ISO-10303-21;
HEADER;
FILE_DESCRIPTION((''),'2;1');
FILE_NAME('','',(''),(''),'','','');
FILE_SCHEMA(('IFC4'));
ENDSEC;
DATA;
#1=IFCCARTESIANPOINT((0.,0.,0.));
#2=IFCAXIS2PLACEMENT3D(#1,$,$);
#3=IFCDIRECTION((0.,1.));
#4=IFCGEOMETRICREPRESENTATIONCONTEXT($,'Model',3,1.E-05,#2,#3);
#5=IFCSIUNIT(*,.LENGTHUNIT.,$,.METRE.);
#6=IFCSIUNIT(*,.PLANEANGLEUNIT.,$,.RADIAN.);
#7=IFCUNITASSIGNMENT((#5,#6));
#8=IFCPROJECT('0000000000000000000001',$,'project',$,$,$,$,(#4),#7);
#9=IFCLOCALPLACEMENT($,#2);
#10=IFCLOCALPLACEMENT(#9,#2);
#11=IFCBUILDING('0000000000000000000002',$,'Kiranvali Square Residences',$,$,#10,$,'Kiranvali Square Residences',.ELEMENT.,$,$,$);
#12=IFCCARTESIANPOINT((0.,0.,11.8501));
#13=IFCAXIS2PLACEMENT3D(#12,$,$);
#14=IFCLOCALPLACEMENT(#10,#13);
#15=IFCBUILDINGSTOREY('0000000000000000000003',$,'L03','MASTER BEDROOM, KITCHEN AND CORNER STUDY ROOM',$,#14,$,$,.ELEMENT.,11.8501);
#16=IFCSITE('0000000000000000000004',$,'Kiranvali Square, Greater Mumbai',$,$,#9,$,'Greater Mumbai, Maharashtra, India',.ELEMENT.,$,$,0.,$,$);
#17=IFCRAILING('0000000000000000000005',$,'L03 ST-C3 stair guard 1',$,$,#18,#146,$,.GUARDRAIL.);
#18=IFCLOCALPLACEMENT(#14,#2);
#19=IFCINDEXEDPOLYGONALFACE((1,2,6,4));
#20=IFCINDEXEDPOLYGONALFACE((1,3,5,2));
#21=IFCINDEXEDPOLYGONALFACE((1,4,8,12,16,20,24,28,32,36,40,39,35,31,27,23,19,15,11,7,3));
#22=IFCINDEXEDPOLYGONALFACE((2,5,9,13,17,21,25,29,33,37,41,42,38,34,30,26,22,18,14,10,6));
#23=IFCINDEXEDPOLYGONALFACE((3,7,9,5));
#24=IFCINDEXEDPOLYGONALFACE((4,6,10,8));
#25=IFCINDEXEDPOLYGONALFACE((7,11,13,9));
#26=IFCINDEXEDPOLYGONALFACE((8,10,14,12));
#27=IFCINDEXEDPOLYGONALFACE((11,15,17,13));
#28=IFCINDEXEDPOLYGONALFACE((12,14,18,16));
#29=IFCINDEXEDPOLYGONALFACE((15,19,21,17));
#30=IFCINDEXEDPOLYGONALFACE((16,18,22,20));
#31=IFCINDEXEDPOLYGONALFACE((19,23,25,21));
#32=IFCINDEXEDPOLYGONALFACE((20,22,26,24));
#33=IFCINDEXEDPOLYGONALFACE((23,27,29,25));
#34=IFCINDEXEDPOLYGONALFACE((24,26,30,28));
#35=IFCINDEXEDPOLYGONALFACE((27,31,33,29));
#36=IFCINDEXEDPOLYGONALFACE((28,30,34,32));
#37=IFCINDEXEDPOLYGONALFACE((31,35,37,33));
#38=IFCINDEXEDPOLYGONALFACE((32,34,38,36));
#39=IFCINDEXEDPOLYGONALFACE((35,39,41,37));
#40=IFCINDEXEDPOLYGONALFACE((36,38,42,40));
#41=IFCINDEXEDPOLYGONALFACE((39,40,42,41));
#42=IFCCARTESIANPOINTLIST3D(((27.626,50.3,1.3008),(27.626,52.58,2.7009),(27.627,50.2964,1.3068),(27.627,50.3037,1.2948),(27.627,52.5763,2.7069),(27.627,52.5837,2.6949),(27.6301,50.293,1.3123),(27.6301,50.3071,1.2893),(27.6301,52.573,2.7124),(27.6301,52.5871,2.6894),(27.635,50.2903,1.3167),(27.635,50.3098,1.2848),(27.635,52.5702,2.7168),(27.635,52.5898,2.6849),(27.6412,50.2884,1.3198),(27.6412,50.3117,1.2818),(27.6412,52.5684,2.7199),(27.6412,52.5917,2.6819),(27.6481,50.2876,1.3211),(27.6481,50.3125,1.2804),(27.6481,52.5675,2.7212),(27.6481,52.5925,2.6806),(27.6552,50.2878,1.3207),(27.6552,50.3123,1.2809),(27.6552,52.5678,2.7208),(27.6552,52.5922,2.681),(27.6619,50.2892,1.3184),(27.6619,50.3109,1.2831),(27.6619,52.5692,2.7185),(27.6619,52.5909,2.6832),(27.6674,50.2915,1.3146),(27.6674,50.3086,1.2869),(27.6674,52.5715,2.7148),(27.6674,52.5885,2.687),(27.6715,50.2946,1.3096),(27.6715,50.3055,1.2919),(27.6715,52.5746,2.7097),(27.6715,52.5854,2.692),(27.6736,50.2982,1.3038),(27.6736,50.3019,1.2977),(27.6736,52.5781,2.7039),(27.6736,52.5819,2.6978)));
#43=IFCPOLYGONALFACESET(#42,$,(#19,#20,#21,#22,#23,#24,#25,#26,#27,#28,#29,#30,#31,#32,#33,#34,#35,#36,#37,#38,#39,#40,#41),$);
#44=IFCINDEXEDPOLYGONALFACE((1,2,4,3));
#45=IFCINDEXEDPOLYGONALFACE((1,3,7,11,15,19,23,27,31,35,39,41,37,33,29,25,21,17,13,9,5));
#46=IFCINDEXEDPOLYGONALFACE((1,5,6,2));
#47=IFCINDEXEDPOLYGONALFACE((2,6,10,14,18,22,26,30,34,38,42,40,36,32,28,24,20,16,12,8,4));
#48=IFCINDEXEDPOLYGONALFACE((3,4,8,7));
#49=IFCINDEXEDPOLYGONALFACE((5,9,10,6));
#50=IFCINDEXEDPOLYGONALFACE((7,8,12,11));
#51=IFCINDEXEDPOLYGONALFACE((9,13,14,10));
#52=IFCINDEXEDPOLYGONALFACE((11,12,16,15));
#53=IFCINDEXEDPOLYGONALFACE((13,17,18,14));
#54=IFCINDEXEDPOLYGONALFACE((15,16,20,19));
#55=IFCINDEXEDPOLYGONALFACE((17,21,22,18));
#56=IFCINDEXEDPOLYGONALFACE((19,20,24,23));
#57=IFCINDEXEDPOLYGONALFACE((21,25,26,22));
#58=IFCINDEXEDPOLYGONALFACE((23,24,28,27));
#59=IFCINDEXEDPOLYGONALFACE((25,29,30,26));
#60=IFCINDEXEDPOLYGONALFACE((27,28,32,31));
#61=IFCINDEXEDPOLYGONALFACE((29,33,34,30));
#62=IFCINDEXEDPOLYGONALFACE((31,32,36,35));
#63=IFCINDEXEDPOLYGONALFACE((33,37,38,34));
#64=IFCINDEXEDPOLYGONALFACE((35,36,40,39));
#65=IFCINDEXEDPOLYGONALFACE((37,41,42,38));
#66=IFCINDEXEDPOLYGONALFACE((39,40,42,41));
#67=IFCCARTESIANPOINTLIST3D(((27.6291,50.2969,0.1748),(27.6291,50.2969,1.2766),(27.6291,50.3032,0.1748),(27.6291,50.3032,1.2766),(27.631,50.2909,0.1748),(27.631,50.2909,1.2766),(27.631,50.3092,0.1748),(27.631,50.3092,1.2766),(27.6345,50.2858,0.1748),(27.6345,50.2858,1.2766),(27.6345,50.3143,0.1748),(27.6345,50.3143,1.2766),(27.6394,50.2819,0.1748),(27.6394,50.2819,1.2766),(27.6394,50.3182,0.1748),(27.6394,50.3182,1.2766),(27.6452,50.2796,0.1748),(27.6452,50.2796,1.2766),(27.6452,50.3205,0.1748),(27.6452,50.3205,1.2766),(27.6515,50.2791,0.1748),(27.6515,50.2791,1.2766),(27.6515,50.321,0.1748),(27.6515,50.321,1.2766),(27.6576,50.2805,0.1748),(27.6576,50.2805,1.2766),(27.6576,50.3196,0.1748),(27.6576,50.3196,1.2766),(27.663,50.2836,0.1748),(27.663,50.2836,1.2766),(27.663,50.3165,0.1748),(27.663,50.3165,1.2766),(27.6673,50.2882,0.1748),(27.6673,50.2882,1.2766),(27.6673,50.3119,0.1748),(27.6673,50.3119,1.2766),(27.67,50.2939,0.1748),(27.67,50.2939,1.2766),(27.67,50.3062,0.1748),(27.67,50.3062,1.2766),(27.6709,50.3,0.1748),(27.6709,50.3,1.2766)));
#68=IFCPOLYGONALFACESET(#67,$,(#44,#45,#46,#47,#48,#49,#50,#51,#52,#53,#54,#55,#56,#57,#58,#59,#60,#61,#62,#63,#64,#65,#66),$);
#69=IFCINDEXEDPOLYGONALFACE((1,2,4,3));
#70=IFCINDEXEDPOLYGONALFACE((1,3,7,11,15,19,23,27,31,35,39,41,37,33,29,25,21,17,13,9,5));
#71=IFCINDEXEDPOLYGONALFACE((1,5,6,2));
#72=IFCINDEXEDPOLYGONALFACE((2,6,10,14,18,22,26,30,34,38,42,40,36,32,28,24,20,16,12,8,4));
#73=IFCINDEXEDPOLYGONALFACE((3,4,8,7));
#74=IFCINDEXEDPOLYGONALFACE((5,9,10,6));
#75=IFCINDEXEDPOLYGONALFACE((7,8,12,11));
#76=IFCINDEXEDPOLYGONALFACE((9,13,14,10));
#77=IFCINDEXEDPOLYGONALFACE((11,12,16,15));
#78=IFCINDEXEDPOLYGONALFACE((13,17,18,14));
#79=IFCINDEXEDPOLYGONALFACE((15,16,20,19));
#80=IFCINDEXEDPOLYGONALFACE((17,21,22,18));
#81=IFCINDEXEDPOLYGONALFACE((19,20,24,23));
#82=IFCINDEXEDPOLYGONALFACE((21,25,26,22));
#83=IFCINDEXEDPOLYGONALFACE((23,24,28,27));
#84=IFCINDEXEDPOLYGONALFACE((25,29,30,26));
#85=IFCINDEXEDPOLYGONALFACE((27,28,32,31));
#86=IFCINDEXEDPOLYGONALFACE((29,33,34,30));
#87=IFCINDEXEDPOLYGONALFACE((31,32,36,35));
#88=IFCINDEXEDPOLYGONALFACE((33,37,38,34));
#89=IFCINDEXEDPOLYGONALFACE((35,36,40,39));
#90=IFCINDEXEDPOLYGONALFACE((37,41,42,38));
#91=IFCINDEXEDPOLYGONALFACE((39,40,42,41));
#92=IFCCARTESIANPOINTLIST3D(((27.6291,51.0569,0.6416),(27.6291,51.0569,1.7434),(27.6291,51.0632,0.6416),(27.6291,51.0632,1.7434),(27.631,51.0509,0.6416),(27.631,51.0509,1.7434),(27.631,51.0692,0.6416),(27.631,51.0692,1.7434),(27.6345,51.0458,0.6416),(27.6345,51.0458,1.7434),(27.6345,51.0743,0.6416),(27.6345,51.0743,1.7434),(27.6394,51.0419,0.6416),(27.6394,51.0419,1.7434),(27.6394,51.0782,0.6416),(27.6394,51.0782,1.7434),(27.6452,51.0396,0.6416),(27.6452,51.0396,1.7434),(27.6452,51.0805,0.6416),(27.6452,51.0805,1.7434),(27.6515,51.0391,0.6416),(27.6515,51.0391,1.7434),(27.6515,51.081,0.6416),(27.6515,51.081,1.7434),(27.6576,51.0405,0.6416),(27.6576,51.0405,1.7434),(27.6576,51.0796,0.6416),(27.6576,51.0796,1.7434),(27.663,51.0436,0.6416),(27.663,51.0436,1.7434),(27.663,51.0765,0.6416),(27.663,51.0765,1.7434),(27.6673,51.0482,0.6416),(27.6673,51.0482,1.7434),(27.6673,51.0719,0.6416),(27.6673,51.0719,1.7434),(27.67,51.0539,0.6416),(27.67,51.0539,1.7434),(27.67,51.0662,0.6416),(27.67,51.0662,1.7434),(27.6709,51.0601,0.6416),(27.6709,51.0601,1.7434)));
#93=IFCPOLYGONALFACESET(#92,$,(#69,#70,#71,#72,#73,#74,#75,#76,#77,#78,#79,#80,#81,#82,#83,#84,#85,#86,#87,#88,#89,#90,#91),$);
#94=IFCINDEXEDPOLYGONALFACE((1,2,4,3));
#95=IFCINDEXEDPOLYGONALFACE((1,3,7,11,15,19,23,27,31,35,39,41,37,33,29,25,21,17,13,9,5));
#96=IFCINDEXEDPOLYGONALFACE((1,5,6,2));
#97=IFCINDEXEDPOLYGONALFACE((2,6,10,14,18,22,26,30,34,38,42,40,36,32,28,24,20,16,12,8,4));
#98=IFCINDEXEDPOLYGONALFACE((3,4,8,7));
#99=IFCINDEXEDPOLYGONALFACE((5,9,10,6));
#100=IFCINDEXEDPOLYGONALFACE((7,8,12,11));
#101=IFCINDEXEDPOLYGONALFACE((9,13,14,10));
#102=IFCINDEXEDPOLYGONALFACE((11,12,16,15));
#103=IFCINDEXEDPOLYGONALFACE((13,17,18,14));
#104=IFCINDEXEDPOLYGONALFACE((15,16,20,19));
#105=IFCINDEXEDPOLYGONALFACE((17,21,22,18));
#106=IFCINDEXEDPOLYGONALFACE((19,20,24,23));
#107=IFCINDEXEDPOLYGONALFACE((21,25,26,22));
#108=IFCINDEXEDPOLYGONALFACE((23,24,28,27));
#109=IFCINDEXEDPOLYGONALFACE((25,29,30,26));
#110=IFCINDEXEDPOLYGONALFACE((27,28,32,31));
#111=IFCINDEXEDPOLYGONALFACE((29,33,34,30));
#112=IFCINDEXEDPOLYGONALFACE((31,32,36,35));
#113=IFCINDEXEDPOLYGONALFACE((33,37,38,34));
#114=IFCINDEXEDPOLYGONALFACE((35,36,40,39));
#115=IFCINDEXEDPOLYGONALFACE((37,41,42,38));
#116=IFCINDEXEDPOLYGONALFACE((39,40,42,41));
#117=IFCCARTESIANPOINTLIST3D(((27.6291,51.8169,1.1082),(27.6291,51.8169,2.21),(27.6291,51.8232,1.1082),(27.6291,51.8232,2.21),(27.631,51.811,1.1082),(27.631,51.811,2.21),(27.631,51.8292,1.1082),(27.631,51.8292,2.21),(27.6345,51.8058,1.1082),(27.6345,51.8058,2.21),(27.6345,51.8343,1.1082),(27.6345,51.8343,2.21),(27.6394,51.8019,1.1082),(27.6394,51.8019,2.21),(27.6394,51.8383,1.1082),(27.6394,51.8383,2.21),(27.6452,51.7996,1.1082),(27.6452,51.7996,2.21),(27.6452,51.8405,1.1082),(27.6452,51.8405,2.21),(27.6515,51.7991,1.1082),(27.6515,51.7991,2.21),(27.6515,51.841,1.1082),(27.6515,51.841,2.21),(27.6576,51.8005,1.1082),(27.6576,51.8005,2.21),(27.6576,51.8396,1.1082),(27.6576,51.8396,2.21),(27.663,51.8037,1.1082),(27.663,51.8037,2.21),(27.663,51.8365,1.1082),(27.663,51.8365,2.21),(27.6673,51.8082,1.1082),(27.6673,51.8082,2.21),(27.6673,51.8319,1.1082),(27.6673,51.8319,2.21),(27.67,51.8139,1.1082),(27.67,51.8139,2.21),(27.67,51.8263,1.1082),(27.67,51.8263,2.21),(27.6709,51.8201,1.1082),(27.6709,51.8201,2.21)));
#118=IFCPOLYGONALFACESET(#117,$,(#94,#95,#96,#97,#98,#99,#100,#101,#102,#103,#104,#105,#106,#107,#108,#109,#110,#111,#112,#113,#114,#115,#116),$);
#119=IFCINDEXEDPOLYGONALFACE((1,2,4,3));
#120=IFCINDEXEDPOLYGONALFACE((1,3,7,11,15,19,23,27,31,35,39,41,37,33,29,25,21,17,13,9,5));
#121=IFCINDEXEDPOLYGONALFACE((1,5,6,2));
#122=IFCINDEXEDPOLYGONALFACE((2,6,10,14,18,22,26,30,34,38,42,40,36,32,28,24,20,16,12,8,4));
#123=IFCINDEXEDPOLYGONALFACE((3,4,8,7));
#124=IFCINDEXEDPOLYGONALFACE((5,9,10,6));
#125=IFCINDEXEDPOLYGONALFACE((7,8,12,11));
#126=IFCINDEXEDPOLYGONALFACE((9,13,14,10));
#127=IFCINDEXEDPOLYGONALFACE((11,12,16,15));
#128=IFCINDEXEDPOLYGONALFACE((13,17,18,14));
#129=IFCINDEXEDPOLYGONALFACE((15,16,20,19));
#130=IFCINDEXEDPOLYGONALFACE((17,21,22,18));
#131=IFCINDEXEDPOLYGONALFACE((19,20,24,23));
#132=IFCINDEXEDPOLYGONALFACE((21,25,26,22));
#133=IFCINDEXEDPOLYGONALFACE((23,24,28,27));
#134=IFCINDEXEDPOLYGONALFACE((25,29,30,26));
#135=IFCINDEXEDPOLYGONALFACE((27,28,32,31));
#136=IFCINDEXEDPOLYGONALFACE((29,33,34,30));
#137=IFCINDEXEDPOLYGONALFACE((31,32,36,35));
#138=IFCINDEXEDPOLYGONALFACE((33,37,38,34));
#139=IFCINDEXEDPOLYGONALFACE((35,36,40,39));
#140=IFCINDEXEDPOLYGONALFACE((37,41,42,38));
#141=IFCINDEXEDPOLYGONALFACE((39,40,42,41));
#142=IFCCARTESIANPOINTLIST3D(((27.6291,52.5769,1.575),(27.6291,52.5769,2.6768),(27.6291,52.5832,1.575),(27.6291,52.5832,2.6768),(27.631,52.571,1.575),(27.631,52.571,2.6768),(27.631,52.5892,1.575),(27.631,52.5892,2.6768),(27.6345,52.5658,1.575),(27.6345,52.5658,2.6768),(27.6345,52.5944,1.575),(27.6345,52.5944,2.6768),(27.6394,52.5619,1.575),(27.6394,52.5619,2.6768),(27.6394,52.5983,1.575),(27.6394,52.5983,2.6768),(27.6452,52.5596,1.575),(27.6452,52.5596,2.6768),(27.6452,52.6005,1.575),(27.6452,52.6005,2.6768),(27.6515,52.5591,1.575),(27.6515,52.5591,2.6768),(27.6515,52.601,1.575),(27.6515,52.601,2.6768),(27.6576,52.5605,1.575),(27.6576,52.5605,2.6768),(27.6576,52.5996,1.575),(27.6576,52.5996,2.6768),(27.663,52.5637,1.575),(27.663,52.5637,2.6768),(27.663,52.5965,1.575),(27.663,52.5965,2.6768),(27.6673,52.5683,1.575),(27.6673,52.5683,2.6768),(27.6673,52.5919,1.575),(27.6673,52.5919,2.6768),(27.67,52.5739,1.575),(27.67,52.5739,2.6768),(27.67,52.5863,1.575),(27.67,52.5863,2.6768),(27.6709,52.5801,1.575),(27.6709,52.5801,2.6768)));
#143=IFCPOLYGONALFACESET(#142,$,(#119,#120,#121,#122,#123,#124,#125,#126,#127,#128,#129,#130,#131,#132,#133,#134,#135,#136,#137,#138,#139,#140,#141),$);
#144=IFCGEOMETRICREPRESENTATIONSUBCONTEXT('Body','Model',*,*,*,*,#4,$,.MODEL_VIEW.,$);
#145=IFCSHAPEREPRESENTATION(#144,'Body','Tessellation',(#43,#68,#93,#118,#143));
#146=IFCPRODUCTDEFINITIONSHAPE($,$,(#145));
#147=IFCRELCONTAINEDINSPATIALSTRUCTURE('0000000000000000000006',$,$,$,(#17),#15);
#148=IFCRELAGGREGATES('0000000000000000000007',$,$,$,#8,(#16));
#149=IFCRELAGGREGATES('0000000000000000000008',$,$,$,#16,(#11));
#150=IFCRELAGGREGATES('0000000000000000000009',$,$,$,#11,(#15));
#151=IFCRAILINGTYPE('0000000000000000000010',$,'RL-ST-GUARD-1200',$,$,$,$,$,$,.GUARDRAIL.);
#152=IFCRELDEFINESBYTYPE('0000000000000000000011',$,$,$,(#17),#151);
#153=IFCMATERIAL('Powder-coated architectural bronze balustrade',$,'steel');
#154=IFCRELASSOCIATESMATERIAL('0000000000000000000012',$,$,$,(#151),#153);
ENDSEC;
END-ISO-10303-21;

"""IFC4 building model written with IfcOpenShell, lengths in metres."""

from ifc_helpers import new_model, si_unit, direction, frame, origin, origin_2d, place, context, subcontext, project, spatial, circle, extrude, material, type_object, element, save


model = new_model("IFC4")

# Units and contexts
model_context = context("Model", 3, precision=1e-05, world=origin(), true_north=direction((0.0, 1.0)))
body_context = subcontext(model_context, "Body", "Model", "MODEL_VIEW")
ifc_project = project(units=[si_unit("LENGTHUNIT", "METRE"), si_unit("PLANEANGLEUNIT", "RADIAN")], contexts=[model_context])

# Site, building, storey
site_placement = place(None, origin())
site = spatial("IfcSite", under=ifc_project, at=site_placement, Name="Kiranvali Square, Greater Mumbai", LongName="Greater Mumbai, Maharashtra, India", CompositionType="ELEMENT", RefElevation=0.0)
building_placement = place(site_placement, origin())
building = spatial("IfcBuilding", under=site, at=building_placement, Name="Kiranvali Square Residences", LongName="Kiranvali Square Residences", CompositionType="ELEMENT")
storey_placement = place(building_placement, frame((0.0, 0.0, 11.8501)))
storey = spatial("IfcBuildingStorey", under=building, at=storey_placement, Name="L03", Description="MASTER BEDROOM, KITCHEN AND CORNER STUDY ROOM", CompositionType="ELEMENT", Elevation=11.8501)

# Railing
ifc_material_1 = material(Name="Powder-coated architectural bronze balustrade", Category="steel")
railing_type_1 = type_object("IfcRailingType", Name="RL-ST-GUARD-1200", PredefinedType="GUARDRAIL", material=ifc_material_1)
railing_1_placement = place(storey_placement, frame((27.6499, 50.3, 0.1748)))
element("IfcRailing", 1, at=railing_1_placement, inside=storey, type_object=railing_type_1, Name="L03 ST-C3 stair guard 1", PredefinedType="GUARDRAIL", context=body_context, shape_type="SweptSolid", body=[
    extrude(circle(Radius=0.0239, at=origin_2d()), frame((0.0, 0.0, 1.126), z_axis=(0.0, 0.85215, 0.523298), x_axis=(-1.0, 0.0, 0.0)), (0.0, 0.0, 1.0), 2.6755),
    extrude(circle(Radius=0.021, at=origin_2d()), origin(), (0.0, 0.0, 1.0), 1.1018),
    extrude(circle(Radius=0.021, at=origin_2d()), frame((0.0, 0.76, 0.4668)), (0.0, 0.0, 1.0), 1.1018),
    extrude(circle(Radius=0.021, at=origin_2d()), frame((0.0, 1.52, 0.9333)), (0.0, 0.0, 1.0), 1.1018),
    extrude(circle(Radius=0.021, at=origin_2d()), frame((0.0, 2.28, 1.4001)), (0.0, 0.0, 1.0), 1.1018),
])

save(model, "model.ifc")
